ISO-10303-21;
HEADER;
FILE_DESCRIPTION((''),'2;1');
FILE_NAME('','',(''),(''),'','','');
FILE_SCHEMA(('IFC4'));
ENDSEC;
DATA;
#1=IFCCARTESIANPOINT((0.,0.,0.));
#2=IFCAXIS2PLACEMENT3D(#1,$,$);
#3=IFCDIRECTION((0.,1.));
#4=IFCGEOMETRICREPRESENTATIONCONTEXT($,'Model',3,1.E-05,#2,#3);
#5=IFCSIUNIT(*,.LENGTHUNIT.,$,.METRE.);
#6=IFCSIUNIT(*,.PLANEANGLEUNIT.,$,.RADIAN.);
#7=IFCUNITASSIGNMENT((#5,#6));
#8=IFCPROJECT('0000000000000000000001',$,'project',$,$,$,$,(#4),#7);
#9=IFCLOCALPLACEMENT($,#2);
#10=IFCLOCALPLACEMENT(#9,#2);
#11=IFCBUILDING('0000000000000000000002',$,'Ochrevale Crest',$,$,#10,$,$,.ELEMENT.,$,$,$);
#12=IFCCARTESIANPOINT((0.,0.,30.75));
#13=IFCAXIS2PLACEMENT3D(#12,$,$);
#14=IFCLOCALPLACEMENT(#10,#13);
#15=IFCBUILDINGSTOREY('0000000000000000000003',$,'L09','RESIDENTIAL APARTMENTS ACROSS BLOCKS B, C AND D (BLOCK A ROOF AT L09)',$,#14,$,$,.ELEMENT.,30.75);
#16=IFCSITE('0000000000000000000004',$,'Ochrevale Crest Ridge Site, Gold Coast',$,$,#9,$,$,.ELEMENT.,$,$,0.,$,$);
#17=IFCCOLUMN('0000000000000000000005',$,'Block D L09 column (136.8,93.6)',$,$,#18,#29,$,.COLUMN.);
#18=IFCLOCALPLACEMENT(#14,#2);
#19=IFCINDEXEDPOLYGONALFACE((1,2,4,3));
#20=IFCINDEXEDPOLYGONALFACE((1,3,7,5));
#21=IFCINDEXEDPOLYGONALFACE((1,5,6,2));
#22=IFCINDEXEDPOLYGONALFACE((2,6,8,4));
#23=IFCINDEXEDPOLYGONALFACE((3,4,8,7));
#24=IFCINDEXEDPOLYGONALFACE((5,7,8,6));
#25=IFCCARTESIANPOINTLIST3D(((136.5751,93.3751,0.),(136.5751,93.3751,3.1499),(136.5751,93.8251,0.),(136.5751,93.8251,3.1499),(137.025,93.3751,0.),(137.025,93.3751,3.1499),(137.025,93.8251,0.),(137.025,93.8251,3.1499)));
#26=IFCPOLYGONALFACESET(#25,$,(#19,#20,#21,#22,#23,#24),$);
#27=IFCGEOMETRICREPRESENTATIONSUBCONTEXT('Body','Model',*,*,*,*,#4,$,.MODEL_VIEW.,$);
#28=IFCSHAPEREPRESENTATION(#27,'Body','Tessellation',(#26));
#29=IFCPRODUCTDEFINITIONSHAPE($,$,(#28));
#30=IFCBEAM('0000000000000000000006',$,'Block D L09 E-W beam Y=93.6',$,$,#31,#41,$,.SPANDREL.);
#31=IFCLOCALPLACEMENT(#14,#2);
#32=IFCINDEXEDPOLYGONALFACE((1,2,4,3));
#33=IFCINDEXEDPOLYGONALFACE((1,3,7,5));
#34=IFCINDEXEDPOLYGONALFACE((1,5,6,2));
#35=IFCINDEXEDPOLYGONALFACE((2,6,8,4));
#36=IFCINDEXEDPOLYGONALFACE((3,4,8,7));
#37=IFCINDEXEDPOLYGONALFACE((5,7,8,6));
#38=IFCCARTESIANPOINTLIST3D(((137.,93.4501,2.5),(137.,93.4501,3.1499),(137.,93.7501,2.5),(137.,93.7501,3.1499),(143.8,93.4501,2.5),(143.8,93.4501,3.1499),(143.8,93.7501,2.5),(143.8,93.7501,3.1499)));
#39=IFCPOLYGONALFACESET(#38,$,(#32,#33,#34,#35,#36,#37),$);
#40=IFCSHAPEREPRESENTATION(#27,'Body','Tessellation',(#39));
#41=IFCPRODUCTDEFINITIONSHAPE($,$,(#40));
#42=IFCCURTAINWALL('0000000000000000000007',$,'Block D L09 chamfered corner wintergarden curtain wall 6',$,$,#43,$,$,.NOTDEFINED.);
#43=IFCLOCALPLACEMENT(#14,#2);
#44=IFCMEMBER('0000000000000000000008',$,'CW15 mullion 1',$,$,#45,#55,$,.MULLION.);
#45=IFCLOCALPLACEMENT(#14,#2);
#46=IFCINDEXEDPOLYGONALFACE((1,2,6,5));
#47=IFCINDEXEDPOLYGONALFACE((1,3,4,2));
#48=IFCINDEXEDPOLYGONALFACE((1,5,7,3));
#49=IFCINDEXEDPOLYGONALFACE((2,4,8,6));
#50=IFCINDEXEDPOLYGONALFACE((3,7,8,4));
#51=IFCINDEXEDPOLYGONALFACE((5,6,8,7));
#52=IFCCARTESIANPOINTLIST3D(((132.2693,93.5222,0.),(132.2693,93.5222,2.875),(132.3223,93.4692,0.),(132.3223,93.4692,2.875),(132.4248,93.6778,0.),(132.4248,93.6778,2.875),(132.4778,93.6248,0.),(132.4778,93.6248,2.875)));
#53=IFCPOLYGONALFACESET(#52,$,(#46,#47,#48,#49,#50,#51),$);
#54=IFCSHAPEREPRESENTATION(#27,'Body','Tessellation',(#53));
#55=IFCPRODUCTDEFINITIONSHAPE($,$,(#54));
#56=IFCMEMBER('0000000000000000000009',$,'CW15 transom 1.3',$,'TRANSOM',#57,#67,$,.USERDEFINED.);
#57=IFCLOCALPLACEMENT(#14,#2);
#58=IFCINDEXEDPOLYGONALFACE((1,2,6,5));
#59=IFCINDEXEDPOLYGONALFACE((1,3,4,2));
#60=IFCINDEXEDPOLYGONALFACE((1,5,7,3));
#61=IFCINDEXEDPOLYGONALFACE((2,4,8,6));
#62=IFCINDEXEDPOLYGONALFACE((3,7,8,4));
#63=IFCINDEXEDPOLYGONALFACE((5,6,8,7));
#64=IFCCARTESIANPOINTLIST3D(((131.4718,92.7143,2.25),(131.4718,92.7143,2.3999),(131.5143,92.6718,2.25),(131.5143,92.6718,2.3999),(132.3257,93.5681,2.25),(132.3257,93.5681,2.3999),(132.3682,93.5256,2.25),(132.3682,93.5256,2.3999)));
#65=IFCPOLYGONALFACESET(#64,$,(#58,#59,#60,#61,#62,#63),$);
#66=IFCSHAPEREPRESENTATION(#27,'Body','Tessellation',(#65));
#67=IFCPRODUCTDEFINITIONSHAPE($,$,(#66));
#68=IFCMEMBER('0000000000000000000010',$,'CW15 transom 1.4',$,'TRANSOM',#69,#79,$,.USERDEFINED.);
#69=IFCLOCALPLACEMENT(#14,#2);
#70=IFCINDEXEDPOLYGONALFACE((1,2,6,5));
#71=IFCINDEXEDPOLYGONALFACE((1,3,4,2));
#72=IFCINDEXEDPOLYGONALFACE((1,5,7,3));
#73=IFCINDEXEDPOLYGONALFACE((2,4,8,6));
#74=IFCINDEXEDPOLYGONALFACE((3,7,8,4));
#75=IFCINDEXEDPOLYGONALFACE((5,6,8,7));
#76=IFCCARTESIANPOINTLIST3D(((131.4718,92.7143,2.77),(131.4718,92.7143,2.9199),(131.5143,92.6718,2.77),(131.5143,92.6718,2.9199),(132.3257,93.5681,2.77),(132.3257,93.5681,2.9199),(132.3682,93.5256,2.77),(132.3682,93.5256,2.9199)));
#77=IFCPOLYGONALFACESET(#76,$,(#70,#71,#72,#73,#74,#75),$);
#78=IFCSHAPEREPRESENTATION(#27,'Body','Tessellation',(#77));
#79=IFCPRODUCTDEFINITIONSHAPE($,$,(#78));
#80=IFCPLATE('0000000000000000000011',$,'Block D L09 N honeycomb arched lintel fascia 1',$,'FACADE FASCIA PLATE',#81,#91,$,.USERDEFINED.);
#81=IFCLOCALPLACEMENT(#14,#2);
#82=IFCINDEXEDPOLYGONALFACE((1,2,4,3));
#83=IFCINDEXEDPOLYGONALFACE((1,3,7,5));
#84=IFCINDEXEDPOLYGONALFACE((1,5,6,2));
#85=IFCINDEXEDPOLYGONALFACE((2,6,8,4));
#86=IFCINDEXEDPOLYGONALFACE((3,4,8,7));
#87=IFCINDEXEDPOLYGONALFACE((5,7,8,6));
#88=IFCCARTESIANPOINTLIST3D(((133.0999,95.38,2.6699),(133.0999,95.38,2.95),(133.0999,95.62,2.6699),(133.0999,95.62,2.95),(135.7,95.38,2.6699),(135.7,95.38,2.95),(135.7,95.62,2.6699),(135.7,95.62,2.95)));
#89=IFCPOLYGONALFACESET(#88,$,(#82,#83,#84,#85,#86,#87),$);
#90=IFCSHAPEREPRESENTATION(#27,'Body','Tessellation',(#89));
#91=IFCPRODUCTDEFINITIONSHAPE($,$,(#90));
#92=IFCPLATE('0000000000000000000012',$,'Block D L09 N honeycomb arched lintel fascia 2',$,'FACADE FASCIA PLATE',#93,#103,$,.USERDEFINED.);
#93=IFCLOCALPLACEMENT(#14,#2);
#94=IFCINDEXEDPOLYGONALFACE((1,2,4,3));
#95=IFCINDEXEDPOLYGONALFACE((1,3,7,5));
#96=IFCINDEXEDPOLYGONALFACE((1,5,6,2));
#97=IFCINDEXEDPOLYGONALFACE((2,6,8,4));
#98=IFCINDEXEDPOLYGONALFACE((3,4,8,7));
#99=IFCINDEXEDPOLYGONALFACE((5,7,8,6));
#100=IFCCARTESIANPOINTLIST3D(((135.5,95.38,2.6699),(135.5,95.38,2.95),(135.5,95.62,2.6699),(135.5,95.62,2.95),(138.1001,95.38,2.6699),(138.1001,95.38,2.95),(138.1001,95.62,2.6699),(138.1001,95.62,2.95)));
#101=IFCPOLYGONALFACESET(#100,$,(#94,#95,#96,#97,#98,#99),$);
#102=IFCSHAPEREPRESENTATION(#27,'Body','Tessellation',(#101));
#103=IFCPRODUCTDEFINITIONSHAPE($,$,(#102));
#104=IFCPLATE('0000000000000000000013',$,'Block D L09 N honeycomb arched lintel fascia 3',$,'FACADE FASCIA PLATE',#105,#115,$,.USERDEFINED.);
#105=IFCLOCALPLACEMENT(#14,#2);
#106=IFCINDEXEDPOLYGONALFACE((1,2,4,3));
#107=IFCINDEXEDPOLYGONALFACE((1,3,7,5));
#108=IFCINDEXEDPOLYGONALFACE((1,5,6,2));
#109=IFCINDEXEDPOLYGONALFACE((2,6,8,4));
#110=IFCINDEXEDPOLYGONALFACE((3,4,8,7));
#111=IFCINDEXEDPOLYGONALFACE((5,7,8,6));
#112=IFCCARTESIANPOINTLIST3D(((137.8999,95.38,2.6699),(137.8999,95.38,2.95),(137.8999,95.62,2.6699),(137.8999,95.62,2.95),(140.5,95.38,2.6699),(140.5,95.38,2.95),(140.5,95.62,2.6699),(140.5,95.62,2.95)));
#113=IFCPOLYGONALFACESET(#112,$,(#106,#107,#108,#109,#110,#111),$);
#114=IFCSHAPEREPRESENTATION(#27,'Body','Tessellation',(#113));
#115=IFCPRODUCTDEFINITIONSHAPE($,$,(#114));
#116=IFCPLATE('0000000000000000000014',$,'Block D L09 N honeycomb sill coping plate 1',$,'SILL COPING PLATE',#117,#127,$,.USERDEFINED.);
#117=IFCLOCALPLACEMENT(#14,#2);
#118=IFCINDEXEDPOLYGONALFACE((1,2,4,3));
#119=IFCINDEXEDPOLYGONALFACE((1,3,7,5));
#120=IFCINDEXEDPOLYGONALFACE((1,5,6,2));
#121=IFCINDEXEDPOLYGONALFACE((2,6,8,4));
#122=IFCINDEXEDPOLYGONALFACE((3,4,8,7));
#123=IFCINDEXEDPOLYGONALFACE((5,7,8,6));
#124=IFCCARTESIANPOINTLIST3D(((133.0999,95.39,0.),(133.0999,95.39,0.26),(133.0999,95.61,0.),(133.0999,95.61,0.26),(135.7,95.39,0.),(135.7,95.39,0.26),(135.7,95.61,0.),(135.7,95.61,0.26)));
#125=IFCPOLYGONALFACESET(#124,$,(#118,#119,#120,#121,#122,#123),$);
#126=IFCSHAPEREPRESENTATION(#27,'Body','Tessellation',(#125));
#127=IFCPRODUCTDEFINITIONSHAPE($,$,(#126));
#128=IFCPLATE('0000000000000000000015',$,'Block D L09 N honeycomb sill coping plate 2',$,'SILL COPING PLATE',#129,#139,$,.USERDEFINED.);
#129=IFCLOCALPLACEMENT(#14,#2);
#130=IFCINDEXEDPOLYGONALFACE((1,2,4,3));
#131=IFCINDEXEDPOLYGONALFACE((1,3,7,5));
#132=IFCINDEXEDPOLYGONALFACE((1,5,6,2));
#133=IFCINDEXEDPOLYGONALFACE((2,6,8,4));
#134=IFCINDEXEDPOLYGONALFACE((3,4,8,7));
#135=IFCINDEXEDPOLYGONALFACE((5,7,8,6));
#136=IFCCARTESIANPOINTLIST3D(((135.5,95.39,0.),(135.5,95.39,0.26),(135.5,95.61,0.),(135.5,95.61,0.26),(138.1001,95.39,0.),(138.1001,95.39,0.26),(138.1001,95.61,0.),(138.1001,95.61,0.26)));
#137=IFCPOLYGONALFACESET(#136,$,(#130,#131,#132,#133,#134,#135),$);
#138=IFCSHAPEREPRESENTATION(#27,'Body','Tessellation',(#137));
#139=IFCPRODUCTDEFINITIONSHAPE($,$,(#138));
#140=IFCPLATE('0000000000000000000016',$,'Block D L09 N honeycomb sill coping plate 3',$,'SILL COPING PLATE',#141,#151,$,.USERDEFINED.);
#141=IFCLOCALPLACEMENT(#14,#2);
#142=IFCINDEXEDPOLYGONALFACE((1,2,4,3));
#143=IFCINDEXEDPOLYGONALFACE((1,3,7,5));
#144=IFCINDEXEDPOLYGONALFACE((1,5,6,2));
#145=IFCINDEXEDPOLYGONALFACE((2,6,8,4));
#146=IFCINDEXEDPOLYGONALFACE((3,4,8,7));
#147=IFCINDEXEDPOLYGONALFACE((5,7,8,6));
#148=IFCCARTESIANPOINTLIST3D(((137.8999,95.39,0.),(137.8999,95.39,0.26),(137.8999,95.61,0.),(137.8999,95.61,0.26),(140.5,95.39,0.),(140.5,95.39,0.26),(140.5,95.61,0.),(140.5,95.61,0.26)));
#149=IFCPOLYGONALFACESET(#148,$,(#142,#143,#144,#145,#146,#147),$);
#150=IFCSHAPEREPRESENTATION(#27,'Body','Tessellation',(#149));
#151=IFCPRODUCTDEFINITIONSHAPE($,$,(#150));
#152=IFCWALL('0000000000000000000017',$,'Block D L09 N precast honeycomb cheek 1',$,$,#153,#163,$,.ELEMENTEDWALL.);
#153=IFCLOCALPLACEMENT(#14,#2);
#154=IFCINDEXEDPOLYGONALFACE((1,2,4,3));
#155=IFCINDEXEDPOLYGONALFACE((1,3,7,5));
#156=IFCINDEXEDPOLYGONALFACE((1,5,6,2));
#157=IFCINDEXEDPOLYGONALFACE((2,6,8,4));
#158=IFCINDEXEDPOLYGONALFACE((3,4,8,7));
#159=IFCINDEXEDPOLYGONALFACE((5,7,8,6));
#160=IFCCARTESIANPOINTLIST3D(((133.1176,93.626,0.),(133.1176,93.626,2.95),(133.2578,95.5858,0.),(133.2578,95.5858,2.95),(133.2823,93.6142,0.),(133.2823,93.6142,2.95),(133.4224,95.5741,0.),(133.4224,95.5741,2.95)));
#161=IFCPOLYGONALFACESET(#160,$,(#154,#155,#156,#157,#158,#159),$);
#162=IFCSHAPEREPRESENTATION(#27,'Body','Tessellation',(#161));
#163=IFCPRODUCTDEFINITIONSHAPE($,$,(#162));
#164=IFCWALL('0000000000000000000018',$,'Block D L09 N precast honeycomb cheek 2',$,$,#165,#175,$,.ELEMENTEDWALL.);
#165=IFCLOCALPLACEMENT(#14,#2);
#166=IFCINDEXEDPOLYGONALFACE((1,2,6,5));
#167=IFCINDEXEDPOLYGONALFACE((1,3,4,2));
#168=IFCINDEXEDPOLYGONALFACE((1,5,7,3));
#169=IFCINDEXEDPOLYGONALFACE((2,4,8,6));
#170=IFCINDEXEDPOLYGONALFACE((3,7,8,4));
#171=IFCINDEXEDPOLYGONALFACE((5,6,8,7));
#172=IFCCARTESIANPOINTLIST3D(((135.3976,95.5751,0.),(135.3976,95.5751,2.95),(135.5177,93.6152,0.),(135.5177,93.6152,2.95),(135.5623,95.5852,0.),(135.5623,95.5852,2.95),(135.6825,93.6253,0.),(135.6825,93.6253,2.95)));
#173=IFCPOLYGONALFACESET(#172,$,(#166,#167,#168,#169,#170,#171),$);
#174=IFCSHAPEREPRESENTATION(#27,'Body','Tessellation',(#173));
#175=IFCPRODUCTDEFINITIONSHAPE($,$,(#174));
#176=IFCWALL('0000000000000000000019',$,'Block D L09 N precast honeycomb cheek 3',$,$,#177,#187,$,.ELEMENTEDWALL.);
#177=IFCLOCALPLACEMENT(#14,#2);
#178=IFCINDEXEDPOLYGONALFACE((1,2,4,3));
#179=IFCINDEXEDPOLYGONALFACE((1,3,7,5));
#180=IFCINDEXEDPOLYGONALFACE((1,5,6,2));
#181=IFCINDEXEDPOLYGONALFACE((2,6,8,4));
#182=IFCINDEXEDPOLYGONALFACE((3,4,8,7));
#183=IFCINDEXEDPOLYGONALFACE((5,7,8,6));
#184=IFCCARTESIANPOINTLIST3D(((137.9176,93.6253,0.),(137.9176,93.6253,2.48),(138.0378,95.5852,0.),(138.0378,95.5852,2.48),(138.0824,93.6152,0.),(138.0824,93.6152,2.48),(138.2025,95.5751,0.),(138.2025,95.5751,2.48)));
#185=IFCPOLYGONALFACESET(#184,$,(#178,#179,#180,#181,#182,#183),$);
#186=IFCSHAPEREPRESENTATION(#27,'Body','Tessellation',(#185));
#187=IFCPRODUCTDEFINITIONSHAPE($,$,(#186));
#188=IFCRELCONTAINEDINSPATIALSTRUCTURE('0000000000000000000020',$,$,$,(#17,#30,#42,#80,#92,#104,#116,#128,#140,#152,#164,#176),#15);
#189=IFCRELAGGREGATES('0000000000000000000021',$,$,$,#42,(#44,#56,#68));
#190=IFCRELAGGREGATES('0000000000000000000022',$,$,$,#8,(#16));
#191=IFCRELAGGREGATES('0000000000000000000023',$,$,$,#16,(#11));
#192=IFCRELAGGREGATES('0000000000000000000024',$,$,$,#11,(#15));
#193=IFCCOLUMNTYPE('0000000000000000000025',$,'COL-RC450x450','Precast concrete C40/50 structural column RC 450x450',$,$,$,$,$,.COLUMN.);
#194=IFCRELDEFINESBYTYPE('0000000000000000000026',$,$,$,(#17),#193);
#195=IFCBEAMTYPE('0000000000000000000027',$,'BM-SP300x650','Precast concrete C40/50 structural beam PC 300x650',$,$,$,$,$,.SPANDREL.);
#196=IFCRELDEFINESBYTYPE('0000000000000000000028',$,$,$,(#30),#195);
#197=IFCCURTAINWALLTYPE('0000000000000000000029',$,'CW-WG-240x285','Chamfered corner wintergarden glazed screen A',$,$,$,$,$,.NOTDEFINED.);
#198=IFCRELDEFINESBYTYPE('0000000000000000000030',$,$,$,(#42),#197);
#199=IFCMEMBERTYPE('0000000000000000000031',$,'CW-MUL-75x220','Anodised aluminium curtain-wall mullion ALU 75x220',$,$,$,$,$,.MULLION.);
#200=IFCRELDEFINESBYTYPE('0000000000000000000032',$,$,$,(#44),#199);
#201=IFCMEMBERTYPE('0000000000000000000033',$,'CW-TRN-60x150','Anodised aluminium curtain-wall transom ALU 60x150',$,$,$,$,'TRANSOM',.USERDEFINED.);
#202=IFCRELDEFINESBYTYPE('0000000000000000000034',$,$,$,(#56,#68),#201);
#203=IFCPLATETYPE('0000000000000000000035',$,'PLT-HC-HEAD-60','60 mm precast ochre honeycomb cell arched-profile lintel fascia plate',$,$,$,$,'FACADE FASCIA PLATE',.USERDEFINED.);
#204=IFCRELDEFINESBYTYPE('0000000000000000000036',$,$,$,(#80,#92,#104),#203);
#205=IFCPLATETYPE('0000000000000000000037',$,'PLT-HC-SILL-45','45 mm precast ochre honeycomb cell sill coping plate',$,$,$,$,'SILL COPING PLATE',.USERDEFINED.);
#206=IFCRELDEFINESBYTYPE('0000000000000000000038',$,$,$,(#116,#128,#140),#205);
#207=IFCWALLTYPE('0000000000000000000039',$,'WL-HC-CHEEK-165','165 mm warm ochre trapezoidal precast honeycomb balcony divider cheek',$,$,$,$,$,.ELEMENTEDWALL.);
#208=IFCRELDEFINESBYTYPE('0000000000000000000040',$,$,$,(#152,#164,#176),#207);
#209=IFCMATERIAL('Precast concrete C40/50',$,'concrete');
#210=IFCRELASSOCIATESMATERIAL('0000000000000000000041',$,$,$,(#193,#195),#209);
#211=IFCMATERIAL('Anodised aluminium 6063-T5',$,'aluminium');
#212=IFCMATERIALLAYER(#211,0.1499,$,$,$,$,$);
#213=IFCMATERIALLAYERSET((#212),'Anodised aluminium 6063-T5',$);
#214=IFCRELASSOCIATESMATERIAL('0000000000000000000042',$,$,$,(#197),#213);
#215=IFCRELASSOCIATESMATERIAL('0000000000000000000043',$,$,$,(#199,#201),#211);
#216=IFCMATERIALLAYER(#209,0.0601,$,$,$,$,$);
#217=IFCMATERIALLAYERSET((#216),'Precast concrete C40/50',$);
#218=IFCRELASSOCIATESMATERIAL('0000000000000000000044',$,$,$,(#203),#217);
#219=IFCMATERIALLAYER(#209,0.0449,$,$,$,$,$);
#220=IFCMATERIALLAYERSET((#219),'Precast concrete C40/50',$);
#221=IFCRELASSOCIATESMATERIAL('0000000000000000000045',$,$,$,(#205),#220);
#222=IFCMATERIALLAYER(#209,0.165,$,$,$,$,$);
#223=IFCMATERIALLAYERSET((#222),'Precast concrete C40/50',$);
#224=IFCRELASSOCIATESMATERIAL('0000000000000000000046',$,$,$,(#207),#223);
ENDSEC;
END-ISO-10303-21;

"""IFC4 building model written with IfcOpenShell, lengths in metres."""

from ifc_helpers import new_model, si_unit, direction, frame, frame_2d, origin, origin_2d, place, context, subcontext, project, spatial, rectangle, extrude, material, layer, layer_set, material_profile, profile_set, type_object, element, aggregate, save


model = new_model("IFC4")

# Units and contexts
model_context = context("Model", 3, precision=1e-05, world=origin(), true_north=direction((0.0, 1.0)))
body_context = subcontext(model_context, "Body", "Model", "MODEL_VIEW")
ifc_project = project(units=[si_unit("LENGTHUNIT", "METRE"), si_unit("PLANEANGLEUNIT", "RADIAN")], contexts=[model_context])

# Site, building, storey
site_placement = place(None, origin())
site = spatial("IfcSite", under=ifc_project, at=site_placement, Name="Ochrevale Crest Ridge Site, Gold Coast", CompositionType="ELEMENT", RefElevation=0.0)
building_placement = place(site_placement, origin())
building = spatial("IfcBuilding", under=site, at=building_placement, Name="Ochrevale Crest", CompositionType="ELEMENT")
storey_placement = place(building_placement, frame((0.0, 0.0, 30.75)))
storey = spatial("IfcBuildingStorey", under=building, at=storey_placement, Name="L09", Description="RESIDENTIAL APARTMENTS ACROSS BLOCKS B, C AND D (BLOCK A ROOF AT L09)", CompositionType="ELEMENT", Elevation=30.75)

# Column
ifc_material_1 = material(Name="Precast concrete C40/50", Category="concrete")
ifc_material_profile_1 = material_profile(ifc_material_1, rectangle(XDim=0.45, YDim=0.45, at=origin_2d()), Name="RC 450x450")
ifc_profile_set_1 = profile_set([ifc_material_profile_1], Name="Precast concrete C40/50")
column_type = type_object("IfcColumnType", Name="COL-RC450x450", Description="Precast concrete C40/50 structural column RC 450x450", PredefinedType="COLUMN", material=ifc_profile_set_1)
column_placement = place(storey_placement, frame((136.8, 93.6001, 0.0), z_axis=(0.0, 0.0, 1.0), x_axis=(1.0, 0.0, 0.0)))
element("IfcColumn", 1, at=column_placement, inside=storey, type_object=column_type, Name="Block D L09 column (136.8,93.6)", PredefinedType="COLUMN", context=body_context, shape_type="SweptSolid", body=[
    extrude(rectangle(XDim=0.45, YDim=0.45, at=origin_2d()), origin(), (0.0, 0.0, 1.0), 3.1499),
])

# Beam
ifc_material_profile_2 = material_profile(ifc_material_1, rectangle(XDim=0.3, YDim=0.6499, at=origin_2d()), Name="PC 300x650")
ifc_profile_set_2 = profile_set([ifc_material_profile_2], Name="Precast concrete C40/50")
beam_type = type_object("IfcBeamType", Name="BM-SP300x650", Description="Precast concrete C40/50 structural beam PC 300x650", PredefinedType="SPANDREL", material=ifc_profile_set_2)
beam_placement = place(storey_placement, frame((137.0, 93.6001, 2.825), z_axis=(1.0, 0.0, 0.0), x_axis=(0.0, 1.0, 0.0)))
element("IfcBeam", 2, at=beam_placement, inside=storey, type_object=beam_type, Name="Block D L09 E-W beam Y=93.6", PredefinedType="SPANDREL", context=body_context, shape_type="SweptSolid", body=[
    extrude(rectangle(XDim=0.3, YDim=0.6499, at=origin_2d()), origin(), (0.0, 0.0, 1.0), 6.8),
])

# Curtain wall, members
ifc_material_2 = material(Name="Anodised aluminium 6063-T5", Category="aluminium")
ifc_layer_1 = layer(ifc_material_2, 0.1499)
ifc_layer_set_1 = layer_set([ifc_layer_1], Name="Anodised aluminium 6063-T5")
curtain_wall_type = type_object("IfcCurtainWallType", Name="CW-WG-240x285", Description="Chamfered corner wintergarden glazed screen A", PredefinedType="NOTDEFINED", material=ifc_layer_set_1)
curtain_wall_placement = place(storey_placement, origin())
curtain_wall = element("IfcCurtainWall", 3, at=curtain_wall_placement, inside=storey, type_object=curtain_wall_type, Name="Block D L09 chamfered corner wintergarden curtain wall 6", PredefinedType="NOTDEFINED")
ifc_material_profile_3 = material_profile(ifc_material_2, rectangle(XDim=0.075, YDim=0.22, at=origin_2d()), Name="ALU 75x220")
ifc_profile_set_3 = profile_set([ifc_material_profile_3], Name="Anodised aluminium 6063-T5")
member_type_1 = type_object("IfcMemberType", Name="CW-MUL-75x220", Description="Anodised aluminium curtain-wall mullion ALU 75x220", PredefinedType="MULLION", material=ifc_profile_set_3)
member_1_placement = place(storey_placement, frame((132.3735, 93.5735, 0.0), z_axis=(0.0, 0.0, 1.0), x_axis=(0.707107, -0.707107, 0.0)))
member_1 = element("IfcMember", 4, at=member_1_placement, type_object=member_type_1, Name="CW15 mullion 1", PredefinedType="MULLION", context=body_context, shape_type="SweptSolid", body=[
    extrude(rectangle(XDim=0.075, YDim=0.22, at=origin_2d()), origin(), (0.0, 0.0, 1.0), 2.875),
])
ifc_material_profile_4 = material_profile(ifc_material_2, rectangle(XDim=0.0601, YDim=0.1499, at=origin_2d()), Name="ALU 60x150")
ifc_profile_set_4 = profile_set([ifc_material_profile_4], Name="Anodised aluminium 6063-T5")
member_type_2 = type_object("IfcMemberType", Name="CW-TRN-60x150", Description="Anodised aluminium curtain-wall transom ALU 60x150", ElementType="TRANSOM", PredefinedType="USERDEFINED", material=ifc_profile_set_4)
member_2_placement = place(storey_placement, frame((132.3469, 93.5469, 2.325), z_axis=(-0.707107, -0.707107, 0.0), x_axis=(0.707107, -0.707107, 0.0)))
member_2 = element("IfcMember", 5, at=member_2_placement, type_object=member_type_2, Name="CW15 transom 1.3", ObjectType="TRANSOM", PredefinedType="USERDEFINED", context=body_context, shape_type="SweptSolid", body=[
    extrude(rectangle(XDim=0.0601, YDim=0.1499, at=origin_2d()), origin(), (0.0, 0.0, 1.0), 1.2075),
])
member_3_placement = place(storey_placement, frame((132.3469, 93.5469, 2.845), z_axis=(-0.707107, -0.707107, 0.0), x_axis=(0.707107, -0.707107, 0.0)))
member_3 = element("IfcMember", 6, at=member_3_placement, type_object=member_type_2, Name="CW15 transom 1.4", ObjectType="TRANSOM", PredefinedType="USERDEFINED", context=body_context, shape_type="SweptSolid", body=[
    extrude(rectangle(XDim=0.0601, YDim=0.1499, at=origin_2d()), origin(), (0.0, 0.0, 1.0), 1.2075),
])
aggregate(curtain_wall, [member_1, member_2, member_3])

# Plates
ifc_layer_2 = layer(ifc_material_1, 0.0601)
ifc_layer_set_2 = layer_set([ifc_layer_2], Name="Precast concrete C40/50")
plate_type_1 = type_object("IfcPlateType", Name="PLT-HC-HEAD-60", Description="60 mm precast ochre honeycomb cell arched-profile lintel fascia plate", ElementType="FACADE FASCIA PLATE", PredefinedType="USERDEFINED", material=ifc_layer_set_2)
for number, where, z_axis, x_axis, name in (
    (7, (134.3999, 95.5, 2.6699), (0.0, 0.0, 1.0), (1.0, 0.0, 0.0), "Block D L09 N honeycomb arched lintel fascia 1"),
    (8, (136.8, 95.5, 2.6699), (0.0, 0.0, 1.0), (1.0, 0.0, 0.0), "Block D L09 N honeycomb arched lintel fascia 2"),
    (9, (139.2, 95.5, 2.6699), (0.0, 0.0, 1.0), (1.0, 0.0, 0.0), "Block D L09 N honeycomb arched lintel fascia 3"),
):
    element("IfcPlate", number, at=place(storey_placement, frame(where, z_axis=z_axis, x_axis=x_axis)), inside=storey, type_object=plate_type_1, Name=name, ObjectType="FACADE FASCIA PLATE", PredefinedType="USERDEFINED", context=body_context, shape_type="SweptSolid", body=[
        extrude(rectangle(XDim=2.6001, YDim=0.24, at=origin_2d()), origin(), (0.0, 0.0, 1.0), 0.28),
    ])
ifc_layer_3 = layer(ifc_material_1, 0.0449)
ifc_layer_set_3 = layer_set([ifc_layer_3], Name="Precast concrete C40/50")
plate_type_2 = type_object("IfcPlateType", Name="PLT-HC-SILL-45", Description="45 mm precast ochre honeycomb cell sill coping plate", ElementType="SILL COPING PLATE", PredefinedType="USERDEFINED", material=ifc_layer_set_3)
for number, where, z_axis, x_axis, name in (
    (10, (134.3999, 95.5, 0.0), (0.0, 0.0, 1.0), (1.0, 0.0, 0.0), "Block D L09 N honeycomb sill coping plate 1"),
    (11, (136.8, 95.5, 0.0), (0.0, 0.0, 1.0), (1.0, 0.0, 0.0), "Block D L09 N honeycomb sill coping plate 2"),
    (12, (139.2, 95.5, 0.0), (0.0, 0.0, 1.0), (1.0, 0.0, 0.0), "Block D L09 N honeycomb sill coping plate 3"),
):
    element("IfcPlate", number, at=place(storey_placement, frame(where, z_axis=z_axis, x_axis=x_axis)), inside=storey, type_object=plate_type_2, Name=name, ObjectType="SILL COPING PLATE", PredefinedType="USERDEFINED", context=body_context, shape_type="SweptSolid", body=[
        extrude(rectangle(XDim=2.6001, YDim=0.22, at=origin_2d()), origin(), (0.0, 0.0, 1.0), 0.26),
    ])

# Walls
ifc_layer_4 = layer(ifc_material_1, 0.165)
ifc_layer_set_4 = layer_set([ifc_layer_4], Name="Precast concrete C40/50")
wall_type = type_object("IfcWallType", Name="WL-HC-CHEEK-165", Description="165 mm warm ochre trapezoidal precast honeycomb balcony divider cheek", PredefinedType="ELEMENTEDWALL", material=ifc_layer_set_4)
wall_1_placement = place(storey_placement, frame((133.2, 93.6201, 0.0), z_axis=(0.0, 0.0, 1.0), x_axis=(0.071318, 0.997454, 0.0)))
element("IfcWall", 13, at=wall_1_placement, inside=storey, type_object=wall_type, Name="Block D L09 N precast honeycomb cheek 1", PredefinedType="ELEMENTEDWALL", context=body_context, shape_type="SweptSolid", body=[
    extrude(rectangle(XDim=1.9648, YDim=0.165, at=frame_2d((0.9824, 0.0))), origin(), (0.0, 0.0, 1.0), 2.95),
])
wall_2_placement = place(storey_placement, frame((135.6001, 93.6201, 0.0), z_axis=(0.0, 0.0, 1.0), x_axis=(-0.061171, 0.998127, 0.0)))
element("IfcWall", 14, at=wall_2_placement, inside=storey, type_object=wall_type, Name="Block D L09 N precast honeycomb cheek 2", PredefinedType="ELEMENTEDWALL", context=body_context, shape_type="SweptSolid", body=[
    extrude(rectangle(XDim=1.9636, YDim=0.165, at=frame_2d((0.9819, 0.0))), origin(), (0.0, 0.0, 1.0), 2.95),
])
wall_3_placement = place(storey_placement, frame((138.0, 93.6201, 0.0), z_axis=(0.0, 0.0, 1.0), x_axis=(0.061171, 0.998127, 0.0)))
element("IfcWall", 15, at=wall_3_placement, inside=storey, type_object=wall_type, Name="Block D L09 N precast honeycomb cheek 3", PredefinedType="ELEMENTEDWALL", context=body_context, shape_type="SweptSolid", body=[
    extrude(rectangle(XDim=1.9636, YDim=0.165, at=frame_2d((0.9819, 0.0))), origin(), (0.0, 0.0, 1.0), 2.48),
])

save(model, "model.ifc")
